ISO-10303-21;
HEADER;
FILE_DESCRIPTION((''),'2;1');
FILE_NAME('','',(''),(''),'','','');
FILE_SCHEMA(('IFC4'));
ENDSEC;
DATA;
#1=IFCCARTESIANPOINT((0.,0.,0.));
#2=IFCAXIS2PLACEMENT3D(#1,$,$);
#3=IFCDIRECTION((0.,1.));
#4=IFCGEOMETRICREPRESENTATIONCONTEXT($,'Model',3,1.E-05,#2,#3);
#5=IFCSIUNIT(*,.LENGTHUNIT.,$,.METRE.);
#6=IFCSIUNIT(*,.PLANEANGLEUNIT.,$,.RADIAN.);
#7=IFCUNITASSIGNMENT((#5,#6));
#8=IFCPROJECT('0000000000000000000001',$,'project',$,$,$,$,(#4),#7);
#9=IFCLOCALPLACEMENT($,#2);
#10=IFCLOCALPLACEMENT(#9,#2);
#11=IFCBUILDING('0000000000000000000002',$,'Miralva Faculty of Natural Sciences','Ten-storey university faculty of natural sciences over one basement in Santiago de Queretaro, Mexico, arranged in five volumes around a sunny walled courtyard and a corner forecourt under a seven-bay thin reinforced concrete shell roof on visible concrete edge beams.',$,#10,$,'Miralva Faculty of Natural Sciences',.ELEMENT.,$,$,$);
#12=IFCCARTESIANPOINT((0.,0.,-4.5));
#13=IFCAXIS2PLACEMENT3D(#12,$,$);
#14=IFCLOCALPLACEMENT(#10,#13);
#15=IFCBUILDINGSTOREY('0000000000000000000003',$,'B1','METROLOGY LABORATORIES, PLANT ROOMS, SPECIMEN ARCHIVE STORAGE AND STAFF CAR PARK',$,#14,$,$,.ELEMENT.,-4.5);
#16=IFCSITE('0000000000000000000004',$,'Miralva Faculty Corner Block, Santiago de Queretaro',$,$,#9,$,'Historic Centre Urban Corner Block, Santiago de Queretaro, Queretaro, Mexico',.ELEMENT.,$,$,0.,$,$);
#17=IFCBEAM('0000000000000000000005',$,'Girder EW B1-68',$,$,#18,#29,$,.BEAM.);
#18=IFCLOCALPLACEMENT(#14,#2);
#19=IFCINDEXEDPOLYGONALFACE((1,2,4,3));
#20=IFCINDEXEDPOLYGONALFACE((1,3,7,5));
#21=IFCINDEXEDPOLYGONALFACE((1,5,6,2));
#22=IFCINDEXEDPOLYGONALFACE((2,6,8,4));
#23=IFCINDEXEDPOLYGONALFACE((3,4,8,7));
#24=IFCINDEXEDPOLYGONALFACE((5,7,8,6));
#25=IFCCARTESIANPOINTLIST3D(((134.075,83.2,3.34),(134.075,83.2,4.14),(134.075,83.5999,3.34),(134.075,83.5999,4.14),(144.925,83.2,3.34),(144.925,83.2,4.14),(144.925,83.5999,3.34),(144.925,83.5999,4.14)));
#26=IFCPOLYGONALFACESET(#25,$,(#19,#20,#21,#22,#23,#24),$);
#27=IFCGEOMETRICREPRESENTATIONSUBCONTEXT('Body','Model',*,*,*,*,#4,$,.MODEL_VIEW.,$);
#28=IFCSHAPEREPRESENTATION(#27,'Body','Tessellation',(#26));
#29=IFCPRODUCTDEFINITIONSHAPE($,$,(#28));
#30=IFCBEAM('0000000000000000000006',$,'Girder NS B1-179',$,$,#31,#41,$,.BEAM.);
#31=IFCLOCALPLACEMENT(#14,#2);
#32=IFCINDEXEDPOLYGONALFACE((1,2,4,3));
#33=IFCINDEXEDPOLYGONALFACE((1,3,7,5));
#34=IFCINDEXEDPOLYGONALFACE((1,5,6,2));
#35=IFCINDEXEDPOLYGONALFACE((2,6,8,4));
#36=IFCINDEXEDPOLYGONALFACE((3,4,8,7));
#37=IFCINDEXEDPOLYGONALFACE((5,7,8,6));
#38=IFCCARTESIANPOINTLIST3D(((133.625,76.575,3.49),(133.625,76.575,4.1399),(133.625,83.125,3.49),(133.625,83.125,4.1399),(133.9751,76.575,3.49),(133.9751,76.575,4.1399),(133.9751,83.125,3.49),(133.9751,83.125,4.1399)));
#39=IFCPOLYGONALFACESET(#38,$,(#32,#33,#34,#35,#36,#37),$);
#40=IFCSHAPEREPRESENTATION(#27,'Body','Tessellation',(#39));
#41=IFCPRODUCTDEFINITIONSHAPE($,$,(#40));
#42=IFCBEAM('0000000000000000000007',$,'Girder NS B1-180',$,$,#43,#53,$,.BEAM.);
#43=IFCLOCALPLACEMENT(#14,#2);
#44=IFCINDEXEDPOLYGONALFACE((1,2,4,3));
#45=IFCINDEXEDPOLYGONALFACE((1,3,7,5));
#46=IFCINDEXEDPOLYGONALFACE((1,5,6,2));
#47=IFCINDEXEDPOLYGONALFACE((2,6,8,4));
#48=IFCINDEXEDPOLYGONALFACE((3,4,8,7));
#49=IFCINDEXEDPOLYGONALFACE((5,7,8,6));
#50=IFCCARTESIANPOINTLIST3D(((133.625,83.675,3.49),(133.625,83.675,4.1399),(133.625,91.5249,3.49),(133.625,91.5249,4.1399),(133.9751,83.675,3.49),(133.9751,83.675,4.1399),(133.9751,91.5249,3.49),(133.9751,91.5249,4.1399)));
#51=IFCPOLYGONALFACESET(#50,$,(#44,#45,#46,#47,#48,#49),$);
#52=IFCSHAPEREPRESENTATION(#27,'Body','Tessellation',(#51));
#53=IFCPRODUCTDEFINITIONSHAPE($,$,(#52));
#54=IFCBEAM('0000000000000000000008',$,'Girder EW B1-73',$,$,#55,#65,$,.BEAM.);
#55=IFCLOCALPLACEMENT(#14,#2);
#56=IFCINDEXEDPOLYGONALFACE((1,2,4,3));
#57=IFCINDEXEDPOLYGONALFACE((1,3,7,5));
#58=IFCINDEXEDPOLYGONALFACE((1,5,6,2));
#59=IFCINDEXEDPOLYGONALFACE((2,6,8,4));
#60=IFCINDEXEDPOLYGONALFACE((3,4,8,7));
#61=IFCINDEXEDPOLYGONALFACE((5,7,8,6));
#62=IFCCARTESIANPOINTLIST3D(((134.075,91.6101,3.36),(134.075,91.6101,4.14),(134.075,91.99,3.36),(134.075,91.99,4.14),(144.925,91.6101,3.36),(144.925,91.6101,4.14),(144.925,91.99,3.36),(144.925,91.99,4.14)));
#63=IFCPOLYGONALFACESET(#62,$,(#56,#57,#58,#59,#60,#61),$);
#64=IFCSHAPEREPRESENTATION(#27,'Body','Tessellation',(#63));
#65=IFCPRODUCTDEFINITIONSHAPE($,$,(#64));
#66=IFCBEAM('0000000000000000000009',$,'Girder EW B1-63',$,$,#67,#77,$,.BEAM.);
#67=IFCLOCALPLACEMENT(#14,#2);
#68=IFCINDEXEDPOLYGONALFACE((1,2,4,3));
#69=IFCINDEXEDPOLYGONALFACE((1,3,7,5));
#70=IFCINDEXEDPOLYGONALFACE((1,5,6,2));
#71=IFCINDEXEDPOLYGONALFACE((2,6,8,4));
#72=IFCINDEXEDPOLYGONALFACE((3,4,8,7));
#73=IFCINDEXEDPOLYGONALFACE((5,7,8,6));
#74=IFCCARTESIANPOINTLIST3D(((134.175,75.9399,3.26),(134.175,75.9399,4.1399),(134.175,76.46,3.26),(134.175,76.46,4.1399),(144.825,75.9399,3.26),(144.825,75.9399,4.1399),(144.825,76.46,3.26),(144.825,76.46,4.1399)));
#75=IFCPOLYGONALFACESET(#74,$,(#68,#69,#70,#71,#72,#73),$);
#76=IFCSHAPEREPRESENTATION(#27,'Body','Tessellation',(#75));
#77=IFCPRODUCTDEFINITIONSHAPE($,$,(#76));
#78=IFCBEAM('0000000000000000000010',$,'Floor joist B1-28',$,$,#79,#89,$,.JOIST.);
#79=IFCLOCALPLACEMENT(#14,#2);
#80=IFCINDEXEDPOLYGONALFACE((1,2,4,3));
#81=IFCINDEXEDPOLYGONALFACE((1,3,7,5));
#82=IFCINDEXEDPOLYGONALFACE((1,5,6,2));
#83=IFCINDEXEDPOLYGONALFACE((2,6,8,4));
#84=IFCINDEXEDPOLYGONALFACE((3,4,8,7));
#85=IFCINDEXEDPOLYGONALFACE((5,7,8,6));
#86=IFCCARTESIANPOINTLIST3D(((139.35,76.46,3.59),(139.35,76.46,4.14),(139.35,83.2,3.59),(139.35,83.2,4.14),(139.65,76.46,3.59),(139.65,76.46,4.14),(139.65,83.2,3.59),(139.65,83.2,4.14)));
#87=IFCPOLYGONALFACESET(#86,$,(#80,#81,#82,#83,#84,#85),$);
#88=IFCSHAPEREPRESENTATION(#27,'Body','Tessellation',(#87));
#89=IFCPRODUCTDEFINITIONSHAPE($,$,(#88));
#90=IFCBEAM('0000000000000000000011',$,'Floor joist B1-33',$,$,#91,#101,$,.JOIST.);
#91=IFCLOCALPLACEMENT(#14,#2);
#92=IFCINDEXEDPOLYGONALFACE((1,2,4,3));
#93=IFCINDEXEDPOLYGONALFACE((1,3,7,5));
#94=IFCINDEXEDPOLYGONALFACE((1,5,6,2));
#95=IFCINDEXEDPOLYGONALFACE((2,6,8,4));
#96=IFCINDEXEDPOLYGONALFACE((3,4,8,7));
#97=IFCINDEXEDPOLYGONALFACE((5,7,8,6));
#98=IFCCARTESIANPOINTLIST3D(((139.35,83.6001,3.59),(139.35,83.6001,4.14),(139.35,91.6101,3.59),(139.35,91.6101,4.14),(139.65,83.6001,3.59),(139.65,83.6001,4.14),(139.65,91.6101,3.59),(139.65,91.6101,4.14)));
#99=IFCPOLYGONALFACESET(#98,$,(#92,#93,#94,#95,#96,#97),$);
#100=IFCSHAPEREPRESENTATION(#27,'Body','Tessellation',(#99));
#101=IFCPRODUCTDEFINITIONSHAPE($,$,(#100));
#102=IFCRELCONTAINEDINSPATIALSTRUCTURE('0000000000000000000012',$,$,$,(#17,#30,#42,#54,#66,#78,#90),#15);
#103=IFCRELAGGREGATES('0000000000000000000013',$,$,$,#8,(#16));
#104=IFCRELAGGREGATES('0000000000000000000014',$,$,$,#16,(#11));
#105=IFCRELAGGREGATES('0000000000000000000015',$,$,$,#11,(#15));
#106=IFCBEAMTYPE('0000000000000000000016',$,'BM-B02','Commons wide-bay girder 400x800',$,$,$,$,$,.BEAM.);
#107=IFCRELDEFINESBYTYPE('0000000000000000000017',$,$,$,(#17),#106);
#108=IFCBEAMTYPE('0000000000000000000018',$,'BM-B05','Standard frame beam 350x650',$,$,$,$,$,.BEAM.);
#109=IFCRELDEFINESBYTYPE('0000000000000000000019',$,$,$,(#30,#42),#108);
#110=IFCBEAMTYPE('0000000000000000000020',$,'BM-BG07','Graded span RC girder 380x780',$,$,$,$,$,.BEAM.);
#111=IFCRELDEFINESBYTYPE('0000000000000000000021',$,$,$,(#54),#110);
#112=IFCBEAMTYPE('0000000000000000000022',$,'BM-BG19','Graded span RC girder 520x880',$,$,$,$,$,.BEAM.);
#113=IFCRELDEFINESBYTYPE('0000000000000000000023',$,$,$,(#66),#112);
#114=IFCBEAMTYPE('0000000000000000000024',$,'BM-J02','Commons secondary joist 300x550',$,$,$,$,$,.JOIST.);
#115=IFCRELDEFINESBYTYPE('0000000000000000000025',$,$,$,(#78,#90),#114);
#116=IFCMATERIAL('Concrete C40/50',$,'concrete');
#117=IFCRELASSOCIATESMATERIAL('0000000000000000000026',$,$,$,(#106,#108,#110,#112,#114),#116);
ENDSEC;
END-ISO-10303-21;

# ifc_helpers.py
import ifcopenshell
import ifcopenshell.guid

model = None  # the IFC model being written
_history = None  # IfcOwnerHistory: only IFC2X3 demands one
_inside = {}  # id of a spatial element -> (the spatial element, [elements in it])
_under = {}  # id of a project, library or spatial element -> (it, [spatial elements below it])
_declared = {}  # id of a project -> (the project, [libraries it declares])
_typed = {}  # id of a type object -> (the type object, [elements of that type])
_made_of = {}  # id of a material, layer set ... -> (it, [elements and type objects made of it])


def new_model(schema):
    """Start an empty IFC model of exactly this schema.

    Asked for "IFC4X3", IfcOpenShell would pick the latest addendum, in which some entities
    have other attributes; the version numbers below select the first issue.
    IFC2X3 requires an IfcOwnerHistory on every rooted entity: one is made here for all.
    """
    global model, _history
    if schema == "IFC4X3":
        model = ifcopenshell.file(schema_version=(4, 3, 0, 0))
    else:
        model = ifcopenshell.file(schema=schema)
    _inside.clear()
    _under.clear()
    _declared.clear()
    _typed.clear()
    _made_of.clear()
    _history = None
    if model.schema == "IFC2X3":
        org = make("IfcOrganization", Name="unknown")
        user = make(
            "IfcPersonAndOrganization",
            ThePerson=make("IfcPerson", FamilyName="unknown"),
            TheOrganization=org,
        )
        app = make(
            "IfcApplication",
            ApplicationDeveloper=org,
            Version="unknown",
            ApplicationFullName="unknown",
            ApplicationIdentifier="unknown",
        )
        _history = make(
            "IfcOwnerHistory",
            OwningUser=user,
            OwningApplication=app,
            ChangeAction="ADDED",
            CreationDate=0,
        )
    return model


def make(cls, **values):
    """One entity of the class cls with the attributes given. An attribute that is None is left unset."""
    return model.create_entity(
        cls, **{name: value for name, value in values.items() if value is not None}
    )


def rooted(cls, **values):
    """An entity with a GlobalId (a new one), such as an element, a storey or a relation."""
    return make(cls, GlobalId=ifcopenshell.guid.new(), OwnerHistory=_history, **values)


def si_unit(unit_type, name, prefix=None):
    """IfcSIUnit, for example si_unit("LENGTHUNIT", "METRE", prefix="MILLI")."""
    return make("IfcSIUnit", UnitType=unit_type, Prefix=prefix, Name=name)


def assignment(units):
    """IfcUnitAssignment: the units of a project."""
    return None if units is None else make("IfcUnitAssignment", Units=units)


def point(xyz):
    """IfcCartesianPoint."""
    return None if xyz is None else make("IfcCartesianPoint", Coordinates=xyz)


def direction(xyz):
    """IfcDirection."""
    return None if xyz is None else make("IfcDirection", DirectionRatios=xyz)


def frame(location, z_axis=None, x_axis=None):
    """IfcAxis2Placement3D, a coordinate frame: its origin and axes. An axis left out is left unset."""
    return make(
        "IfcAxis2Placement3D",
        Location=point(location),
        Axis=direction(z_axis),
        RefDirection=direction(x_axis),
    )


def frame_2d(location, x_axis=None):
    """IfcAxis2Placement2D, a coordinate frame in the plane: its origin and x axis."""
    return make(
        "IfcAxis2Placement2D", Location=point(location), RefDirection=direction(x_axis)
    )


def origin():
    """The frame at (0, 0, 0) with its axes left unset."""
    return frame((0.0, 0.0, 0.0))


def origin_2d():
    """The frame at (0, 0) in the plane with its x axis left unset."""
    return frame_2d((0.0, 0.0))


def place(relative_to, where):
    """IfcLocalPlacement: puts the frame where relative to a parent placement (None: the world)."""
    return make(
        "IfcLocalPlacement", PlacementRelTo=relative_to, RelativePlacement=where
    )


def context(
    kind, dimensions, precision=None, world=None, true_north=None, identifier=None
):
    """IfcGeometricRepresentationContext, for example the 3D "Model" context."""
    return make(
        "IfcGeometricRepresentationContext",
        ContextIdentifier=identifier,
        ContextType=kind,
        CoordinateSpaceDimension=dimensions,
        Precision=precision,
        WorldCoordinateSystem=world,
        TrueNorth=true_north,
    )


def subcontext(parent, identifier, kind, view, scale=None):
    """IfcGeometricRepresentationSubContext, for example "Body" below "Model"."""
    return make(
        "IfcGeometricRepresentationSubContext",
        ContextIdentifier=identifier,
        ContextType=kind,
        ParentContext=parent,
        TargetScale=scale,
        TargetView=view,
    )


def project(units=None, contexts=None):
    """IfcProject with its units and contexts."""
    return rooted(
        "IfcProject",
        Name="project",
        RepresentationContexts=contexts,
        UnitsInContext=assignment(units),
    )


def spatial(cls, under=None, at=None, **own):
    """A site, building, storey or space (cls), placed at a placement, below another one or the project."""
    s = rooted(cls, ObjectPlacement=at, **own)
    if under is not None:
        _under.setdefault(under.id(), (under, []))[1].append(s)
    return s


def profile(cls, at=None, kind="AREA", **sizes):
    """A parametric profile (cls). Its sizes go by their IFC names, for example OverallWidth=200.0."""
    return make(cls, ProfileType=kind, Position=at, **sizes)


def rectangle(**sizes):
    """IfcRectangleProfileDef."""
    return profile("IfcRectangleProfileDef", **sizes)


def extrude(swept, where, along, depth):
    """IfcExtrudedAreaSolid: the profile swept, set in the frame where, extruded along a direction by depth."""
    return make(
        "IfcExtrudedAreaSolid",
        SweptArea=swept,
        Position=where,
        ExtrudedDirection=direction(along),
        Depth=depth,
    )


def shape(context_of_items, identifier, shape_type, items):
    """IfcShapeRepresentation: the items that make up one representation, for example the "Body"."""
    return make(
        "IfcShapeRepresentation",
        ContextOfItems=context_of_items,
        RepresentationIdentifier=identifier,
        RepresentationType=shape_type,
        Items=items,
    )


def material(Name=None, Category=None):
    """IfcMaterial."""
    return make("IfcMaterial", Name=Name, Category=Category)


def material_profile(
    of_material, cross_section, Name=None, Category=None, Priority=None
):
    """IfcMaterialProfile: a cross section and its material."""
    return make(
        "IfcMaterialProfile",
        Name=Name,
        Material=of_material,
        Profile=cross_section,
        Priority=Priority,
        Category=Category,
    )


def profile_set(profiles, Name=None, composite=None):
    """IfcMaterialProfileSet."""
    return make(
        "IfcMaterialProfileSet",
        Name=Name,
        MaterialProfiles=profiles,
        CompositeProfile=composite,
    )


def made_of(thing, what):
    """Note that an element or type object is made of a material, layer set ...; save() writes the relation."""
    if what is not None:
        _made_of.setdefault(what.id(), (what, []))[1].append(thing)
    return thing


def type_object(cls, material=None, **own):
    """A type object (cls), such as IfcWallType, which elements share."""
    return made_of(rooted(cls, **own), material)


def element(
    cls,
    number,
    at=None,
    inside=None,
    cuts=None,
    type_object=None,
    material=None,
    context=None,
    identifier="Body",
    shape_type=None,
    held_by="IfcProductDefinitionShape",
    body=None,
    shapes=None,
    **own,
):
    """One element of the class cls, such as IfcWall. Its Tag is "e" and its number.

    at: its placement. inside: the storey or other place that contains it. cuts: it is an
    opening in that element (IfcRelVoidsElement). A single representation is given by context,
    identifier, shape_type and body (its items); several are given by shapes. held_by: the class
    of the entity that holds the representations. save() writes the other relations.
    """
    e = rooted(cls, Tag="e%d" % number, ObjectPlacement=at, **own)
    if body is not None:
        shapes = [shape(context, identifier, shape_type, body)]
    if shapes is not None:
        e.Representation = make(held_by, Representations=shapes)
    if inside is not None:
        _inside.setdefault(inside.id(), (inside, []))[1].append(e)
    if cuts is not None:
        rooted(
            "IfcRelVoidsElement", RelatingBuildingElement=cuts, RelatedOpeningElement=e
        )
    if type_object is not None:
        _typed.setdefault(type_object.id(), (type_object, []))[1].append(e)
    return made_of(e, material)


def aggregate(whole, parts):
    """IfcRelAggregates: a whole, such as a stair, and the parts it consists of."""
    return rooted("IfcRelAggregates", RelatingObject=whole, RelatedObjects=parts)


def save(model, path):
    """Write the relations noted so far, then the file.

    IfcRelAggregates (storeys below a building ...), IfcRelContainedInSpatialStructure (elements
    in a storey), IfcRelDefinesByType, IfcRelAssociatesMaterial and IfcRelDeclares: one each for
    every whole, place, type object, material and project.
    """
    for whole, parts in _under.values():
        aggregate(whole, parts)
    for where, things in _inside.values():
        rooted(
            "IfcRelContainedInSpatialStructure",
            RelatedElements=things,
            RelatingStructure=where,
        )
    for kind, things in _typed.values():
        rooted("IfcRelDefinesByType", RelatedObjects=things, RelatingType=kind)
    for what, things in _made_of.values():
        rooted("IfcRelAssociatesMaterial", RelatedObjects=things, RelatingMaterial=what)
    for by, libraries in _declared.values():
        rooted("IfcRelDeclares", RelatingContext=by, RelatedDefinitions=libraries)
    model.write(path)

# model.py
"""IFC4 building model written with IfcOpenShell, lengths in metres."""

from ifc_helpers import new_model, si_unit, direction, frame, origin, origin_2d, place, context, subcontext, project, spatial, rectangle, extrude, material, material_profile, profile_set, type_object, element, save


model = new_model("IFC4")

# Units and contexts
model_context = context("Model", 3, precision=1e-05, world=origin(), true_north=direction((0.0, 1.0)))
body_context = subcontext(model_context, "Body", "Model", "MODEL_VIEW")
ifc_project = project(units=[si_unit("LENGTHUNIT", "METRE"), si_unit("PLANEANGLEUNIT", "RADIAN")], contexts=[model_context])

# Site, building, storey
site_placement = place(None, origin())
site = spatial("IfcSite", under=ifc_project, at=site_placement, Name="Miralva Faculty Corner Block, Santiago de Queretaro", LongName="Historic Centre Urban Corner Block, Santiago de Queretaro, Queretaro, Mexico", CompositionType="ELEMENT", RefElevation=0.0)
building_placement = place(site_placement, origin())
building = spatial("IfcBuilding", under=site, at=building_placement, Name="Miralva Faculty of Natural Sciences", Description="Ten-storey university faculty of natural sciences over one basement in Santiago de Queretaro, Mexico, arranged in five volumes around a sunny walled courtyard and a corner forecourt under a seven-bay thin reinforced concrete shell roof on visible concrete edge beams.", LongName="Miralva Faculty of Natural Sciences", CompositionType="ELEMENT")
storey_placement = place(building_placement, frame((0.0, 0.0, -4.5)))
storey = spatial("IfcBuildingStorey", under=building, at=storey_placement, Name="B1", Description="METROLOGY LABORATORIES, PLANT ROOMS, SPECIMEN ARCHIVE STORAGE AND STAFF CAR PARK", CompositionType="ELEMENT", Elevation=-4.5)

# Shared definitions
ifc_material_1 = material(Name="Concrete C40/50", Category="concrete")

# Beams
ifc_material_profile_1 = material_profile(ifc_material_1, rectangle(XDim=0.3999, YDim=0.8, at=origin_2d()), Name="RC 400x800")
ifc_profile_set_1 = profile_set([ifc_material_profile_1], Name="Concrete C40/50")
beam_type_1 = type_object("IfcBeamType", Name="BM-B02", Description="Commons wide-bay girder 400x800", PredefinedType="BEAM", material=ifc_profile_set_1)
beam_1_placement = place(storey_placement, frame((134.075, 83.3999, 3.74), z_axis=(1.0, 0.0, 0.0), x_axis=(0.0, 1.0, 0.0)))
element("IfcBeam", 1, at=beam_1_placement, inside=storey, type_object=beam_type_1, Name="Girder EW B1-68", PredefinedType="BEAM", context=body_context, shape_type="SweptSolid", body=[
    extrude(rectangle(XDim=0.3999, YDim=0.8, at=origin_2d()), origin(), (0.0, 0.0, 1.0), 10.8501),
])
ifc_material_profile_2 = material_profile(ifc_material_1, rectangle(XDim=0.3501, YDim=0.6499, at=origin_2d()), Name="RC 350x650")
ifc_profile_set_2 = profile_set([ifc_material_profile_2], Name="Concrete C40/50")
beam_type_2 = type_object("IfcBeamType", Name="BM-B05", Description="Standard frame beam 350x650", PredefinedType="BEAM", material=ifc_profile_set_2)
beam_2_placement = place(storey_placement, frame((133.8, 76.575, 3.8149), z_axis=(0.0, 1.0, 0.0), x_axis=(-1.0, 0.0, 0.0)))
element("IfcBeam", 2, at=beam_2_placement, inside=storey, type_object=beam_type_2, Name="Girder NS B1-179", PredefinedType="BEAM", context=body_context, shape_type="SweptSolid", body=[
    extrude(rectangle(XDim=0.3501, YDim=0.6499, at=origin_2d()), origin(), (0.0, 0.0, 1.0), 6.55),
])
beam_3_placement = place(storey_placement, frame((133.8, 83.675, 3.8149), z_axis=(0.0, 1.0, 0.0), x_axis=(-1.0, 0.0, 0.0)))
element("IfcBeam", 3, at=beam_3_placement, inside=storey, type_object=beam_type_2, Name="Girder NS B1-180", PredefinedType="BEAM", context=body_context, shape_type="SweptSolid", body=[
    extrude(rectangle(XDim=0.3501, YDim=0.6499, at=origin_2d()), origin(), (0.0, 0.0, 1.0), 7.8499),
])
ifc_material_profile_3 = material_profile(ifc_material_1, rectangle(XDim=0.3799, YDim=0.78, at=origin_2d()), Name="RC 380x780")
ifc_profile_set_3 = profile_set([ifc_material_profile_3], Name="Concrete C40/50")
beam_type_3 = type_object("IfcBeamType", Name="BM-BG07", Description="Graded span RC girder 380x780", PredefinedType="BEAM", material=ifc_profile_set_3)
beam_4_placement = place(storey_placement, frame((134.075, 91.8, 3.75), z_axis=(1.0, 0.0, 0.0), x_axis=(0.0, 1.0, 0.0)))
element("IfcBeam", 4, at=beam_4_placement, inside=storey, type_object=beam_type_3, Name="Girder EW B1-73", PredefinedType="BEAM", context=body_context, shape_type="SweptSolid", body=[
    extrude(rectangle(XDim=0.3799, YDim=0.78, at=origin_2d()), origin(), (0.0, 0.0, 1.0), 10.8501),
])
ifc_material_profile_4 = material_profile(ifc_material_1, rectangle(XDim=0.52, YDim=0.8799, at=origin_2d()), Name="RC 520x880")
ifc_profile_set_4 = profile_set([ifc_material_profile_4], Name="Concrete C40/50")
beam_type_4 = type_object("IfcBeamType", Name="BM-BG19", Description="Graded span RC girder 520x880", PredefinedType="BEAM", material=ifc_profile_set_4)
beam_5_placement = place(storey_placement, frame((134.175, 76.2, 3.7), z_axis=(1.0, 0.0, 0.0), x_axis=(0.0, 1.0, 0.0)))
element("IfcBeam", 5, at=beam_5_placement, inside=storey, type_object=beam_type_4, Name="Girder EW B1-63", PredefinedType="BEAM", context=body_context, shape_type="SweptSolid", body=[
    extrude(rectangle(XDim=0.52, YDim=0.8799, at=origin_2d()), origin(), (0.0, 0.0, 1.0), 10.6499),
])
ifc_material_profile_5 = material_profile(ifc_material_1, rectangle(XDim=0.3, YDim=0.55, at=origin_2d()), Name="RC 300x550")
ifc_profile_set_5 = profile_set([ifc_material_profile_5], Name="Concrete C40/50")
beam_type_5 = type_object("IfcBeamType", Name="BM-J02", Description="Commons secondary joist 300x550", PredefinedType="JOIST", material=ifc_profile_set_5)
beam_6_placement = place(storey_placement, frame((139.5, 76.46, 3.865), z_axis=(0.0, 1.0, 0.0), x_axis=(-1.0, 0.0, 0.0)))
element("IfcBeam", 6, at=beam_6_placement, inside=storey, type_object=beam_type_5, Name="Floor joist B1-28", PredefinedType="JOIST", context=body_context, shape_type="SweptSolid", body=[
    extrude(rectangle(XDim=0.3, YDim=0.55, at=origin_2d()), origin(), (0.0, 0.0, 1.0), 6.74),
])
beam_7_placement = place(storey_placement, frame((139.5, 83.6001, 3.865), z_axis=(0.0, 1.0, 0.0), x_axis=(-1.0, 0.0, 0.0)))
element("IfcBeam", 7, at=beam_7_placement, inside=storey, type_object=beam_type_5, Name="Floor joist B1-33", PredefinedType="JOIST", context=body_context, shape_type="SweptSolid", body=[
    extrude(rectangle(XDim=0.3, YDim=0.55, at=origin_2d()), origin(), (0.0, 0.0, 1.0), 8.01),
])

save(model, "model.ifc")
